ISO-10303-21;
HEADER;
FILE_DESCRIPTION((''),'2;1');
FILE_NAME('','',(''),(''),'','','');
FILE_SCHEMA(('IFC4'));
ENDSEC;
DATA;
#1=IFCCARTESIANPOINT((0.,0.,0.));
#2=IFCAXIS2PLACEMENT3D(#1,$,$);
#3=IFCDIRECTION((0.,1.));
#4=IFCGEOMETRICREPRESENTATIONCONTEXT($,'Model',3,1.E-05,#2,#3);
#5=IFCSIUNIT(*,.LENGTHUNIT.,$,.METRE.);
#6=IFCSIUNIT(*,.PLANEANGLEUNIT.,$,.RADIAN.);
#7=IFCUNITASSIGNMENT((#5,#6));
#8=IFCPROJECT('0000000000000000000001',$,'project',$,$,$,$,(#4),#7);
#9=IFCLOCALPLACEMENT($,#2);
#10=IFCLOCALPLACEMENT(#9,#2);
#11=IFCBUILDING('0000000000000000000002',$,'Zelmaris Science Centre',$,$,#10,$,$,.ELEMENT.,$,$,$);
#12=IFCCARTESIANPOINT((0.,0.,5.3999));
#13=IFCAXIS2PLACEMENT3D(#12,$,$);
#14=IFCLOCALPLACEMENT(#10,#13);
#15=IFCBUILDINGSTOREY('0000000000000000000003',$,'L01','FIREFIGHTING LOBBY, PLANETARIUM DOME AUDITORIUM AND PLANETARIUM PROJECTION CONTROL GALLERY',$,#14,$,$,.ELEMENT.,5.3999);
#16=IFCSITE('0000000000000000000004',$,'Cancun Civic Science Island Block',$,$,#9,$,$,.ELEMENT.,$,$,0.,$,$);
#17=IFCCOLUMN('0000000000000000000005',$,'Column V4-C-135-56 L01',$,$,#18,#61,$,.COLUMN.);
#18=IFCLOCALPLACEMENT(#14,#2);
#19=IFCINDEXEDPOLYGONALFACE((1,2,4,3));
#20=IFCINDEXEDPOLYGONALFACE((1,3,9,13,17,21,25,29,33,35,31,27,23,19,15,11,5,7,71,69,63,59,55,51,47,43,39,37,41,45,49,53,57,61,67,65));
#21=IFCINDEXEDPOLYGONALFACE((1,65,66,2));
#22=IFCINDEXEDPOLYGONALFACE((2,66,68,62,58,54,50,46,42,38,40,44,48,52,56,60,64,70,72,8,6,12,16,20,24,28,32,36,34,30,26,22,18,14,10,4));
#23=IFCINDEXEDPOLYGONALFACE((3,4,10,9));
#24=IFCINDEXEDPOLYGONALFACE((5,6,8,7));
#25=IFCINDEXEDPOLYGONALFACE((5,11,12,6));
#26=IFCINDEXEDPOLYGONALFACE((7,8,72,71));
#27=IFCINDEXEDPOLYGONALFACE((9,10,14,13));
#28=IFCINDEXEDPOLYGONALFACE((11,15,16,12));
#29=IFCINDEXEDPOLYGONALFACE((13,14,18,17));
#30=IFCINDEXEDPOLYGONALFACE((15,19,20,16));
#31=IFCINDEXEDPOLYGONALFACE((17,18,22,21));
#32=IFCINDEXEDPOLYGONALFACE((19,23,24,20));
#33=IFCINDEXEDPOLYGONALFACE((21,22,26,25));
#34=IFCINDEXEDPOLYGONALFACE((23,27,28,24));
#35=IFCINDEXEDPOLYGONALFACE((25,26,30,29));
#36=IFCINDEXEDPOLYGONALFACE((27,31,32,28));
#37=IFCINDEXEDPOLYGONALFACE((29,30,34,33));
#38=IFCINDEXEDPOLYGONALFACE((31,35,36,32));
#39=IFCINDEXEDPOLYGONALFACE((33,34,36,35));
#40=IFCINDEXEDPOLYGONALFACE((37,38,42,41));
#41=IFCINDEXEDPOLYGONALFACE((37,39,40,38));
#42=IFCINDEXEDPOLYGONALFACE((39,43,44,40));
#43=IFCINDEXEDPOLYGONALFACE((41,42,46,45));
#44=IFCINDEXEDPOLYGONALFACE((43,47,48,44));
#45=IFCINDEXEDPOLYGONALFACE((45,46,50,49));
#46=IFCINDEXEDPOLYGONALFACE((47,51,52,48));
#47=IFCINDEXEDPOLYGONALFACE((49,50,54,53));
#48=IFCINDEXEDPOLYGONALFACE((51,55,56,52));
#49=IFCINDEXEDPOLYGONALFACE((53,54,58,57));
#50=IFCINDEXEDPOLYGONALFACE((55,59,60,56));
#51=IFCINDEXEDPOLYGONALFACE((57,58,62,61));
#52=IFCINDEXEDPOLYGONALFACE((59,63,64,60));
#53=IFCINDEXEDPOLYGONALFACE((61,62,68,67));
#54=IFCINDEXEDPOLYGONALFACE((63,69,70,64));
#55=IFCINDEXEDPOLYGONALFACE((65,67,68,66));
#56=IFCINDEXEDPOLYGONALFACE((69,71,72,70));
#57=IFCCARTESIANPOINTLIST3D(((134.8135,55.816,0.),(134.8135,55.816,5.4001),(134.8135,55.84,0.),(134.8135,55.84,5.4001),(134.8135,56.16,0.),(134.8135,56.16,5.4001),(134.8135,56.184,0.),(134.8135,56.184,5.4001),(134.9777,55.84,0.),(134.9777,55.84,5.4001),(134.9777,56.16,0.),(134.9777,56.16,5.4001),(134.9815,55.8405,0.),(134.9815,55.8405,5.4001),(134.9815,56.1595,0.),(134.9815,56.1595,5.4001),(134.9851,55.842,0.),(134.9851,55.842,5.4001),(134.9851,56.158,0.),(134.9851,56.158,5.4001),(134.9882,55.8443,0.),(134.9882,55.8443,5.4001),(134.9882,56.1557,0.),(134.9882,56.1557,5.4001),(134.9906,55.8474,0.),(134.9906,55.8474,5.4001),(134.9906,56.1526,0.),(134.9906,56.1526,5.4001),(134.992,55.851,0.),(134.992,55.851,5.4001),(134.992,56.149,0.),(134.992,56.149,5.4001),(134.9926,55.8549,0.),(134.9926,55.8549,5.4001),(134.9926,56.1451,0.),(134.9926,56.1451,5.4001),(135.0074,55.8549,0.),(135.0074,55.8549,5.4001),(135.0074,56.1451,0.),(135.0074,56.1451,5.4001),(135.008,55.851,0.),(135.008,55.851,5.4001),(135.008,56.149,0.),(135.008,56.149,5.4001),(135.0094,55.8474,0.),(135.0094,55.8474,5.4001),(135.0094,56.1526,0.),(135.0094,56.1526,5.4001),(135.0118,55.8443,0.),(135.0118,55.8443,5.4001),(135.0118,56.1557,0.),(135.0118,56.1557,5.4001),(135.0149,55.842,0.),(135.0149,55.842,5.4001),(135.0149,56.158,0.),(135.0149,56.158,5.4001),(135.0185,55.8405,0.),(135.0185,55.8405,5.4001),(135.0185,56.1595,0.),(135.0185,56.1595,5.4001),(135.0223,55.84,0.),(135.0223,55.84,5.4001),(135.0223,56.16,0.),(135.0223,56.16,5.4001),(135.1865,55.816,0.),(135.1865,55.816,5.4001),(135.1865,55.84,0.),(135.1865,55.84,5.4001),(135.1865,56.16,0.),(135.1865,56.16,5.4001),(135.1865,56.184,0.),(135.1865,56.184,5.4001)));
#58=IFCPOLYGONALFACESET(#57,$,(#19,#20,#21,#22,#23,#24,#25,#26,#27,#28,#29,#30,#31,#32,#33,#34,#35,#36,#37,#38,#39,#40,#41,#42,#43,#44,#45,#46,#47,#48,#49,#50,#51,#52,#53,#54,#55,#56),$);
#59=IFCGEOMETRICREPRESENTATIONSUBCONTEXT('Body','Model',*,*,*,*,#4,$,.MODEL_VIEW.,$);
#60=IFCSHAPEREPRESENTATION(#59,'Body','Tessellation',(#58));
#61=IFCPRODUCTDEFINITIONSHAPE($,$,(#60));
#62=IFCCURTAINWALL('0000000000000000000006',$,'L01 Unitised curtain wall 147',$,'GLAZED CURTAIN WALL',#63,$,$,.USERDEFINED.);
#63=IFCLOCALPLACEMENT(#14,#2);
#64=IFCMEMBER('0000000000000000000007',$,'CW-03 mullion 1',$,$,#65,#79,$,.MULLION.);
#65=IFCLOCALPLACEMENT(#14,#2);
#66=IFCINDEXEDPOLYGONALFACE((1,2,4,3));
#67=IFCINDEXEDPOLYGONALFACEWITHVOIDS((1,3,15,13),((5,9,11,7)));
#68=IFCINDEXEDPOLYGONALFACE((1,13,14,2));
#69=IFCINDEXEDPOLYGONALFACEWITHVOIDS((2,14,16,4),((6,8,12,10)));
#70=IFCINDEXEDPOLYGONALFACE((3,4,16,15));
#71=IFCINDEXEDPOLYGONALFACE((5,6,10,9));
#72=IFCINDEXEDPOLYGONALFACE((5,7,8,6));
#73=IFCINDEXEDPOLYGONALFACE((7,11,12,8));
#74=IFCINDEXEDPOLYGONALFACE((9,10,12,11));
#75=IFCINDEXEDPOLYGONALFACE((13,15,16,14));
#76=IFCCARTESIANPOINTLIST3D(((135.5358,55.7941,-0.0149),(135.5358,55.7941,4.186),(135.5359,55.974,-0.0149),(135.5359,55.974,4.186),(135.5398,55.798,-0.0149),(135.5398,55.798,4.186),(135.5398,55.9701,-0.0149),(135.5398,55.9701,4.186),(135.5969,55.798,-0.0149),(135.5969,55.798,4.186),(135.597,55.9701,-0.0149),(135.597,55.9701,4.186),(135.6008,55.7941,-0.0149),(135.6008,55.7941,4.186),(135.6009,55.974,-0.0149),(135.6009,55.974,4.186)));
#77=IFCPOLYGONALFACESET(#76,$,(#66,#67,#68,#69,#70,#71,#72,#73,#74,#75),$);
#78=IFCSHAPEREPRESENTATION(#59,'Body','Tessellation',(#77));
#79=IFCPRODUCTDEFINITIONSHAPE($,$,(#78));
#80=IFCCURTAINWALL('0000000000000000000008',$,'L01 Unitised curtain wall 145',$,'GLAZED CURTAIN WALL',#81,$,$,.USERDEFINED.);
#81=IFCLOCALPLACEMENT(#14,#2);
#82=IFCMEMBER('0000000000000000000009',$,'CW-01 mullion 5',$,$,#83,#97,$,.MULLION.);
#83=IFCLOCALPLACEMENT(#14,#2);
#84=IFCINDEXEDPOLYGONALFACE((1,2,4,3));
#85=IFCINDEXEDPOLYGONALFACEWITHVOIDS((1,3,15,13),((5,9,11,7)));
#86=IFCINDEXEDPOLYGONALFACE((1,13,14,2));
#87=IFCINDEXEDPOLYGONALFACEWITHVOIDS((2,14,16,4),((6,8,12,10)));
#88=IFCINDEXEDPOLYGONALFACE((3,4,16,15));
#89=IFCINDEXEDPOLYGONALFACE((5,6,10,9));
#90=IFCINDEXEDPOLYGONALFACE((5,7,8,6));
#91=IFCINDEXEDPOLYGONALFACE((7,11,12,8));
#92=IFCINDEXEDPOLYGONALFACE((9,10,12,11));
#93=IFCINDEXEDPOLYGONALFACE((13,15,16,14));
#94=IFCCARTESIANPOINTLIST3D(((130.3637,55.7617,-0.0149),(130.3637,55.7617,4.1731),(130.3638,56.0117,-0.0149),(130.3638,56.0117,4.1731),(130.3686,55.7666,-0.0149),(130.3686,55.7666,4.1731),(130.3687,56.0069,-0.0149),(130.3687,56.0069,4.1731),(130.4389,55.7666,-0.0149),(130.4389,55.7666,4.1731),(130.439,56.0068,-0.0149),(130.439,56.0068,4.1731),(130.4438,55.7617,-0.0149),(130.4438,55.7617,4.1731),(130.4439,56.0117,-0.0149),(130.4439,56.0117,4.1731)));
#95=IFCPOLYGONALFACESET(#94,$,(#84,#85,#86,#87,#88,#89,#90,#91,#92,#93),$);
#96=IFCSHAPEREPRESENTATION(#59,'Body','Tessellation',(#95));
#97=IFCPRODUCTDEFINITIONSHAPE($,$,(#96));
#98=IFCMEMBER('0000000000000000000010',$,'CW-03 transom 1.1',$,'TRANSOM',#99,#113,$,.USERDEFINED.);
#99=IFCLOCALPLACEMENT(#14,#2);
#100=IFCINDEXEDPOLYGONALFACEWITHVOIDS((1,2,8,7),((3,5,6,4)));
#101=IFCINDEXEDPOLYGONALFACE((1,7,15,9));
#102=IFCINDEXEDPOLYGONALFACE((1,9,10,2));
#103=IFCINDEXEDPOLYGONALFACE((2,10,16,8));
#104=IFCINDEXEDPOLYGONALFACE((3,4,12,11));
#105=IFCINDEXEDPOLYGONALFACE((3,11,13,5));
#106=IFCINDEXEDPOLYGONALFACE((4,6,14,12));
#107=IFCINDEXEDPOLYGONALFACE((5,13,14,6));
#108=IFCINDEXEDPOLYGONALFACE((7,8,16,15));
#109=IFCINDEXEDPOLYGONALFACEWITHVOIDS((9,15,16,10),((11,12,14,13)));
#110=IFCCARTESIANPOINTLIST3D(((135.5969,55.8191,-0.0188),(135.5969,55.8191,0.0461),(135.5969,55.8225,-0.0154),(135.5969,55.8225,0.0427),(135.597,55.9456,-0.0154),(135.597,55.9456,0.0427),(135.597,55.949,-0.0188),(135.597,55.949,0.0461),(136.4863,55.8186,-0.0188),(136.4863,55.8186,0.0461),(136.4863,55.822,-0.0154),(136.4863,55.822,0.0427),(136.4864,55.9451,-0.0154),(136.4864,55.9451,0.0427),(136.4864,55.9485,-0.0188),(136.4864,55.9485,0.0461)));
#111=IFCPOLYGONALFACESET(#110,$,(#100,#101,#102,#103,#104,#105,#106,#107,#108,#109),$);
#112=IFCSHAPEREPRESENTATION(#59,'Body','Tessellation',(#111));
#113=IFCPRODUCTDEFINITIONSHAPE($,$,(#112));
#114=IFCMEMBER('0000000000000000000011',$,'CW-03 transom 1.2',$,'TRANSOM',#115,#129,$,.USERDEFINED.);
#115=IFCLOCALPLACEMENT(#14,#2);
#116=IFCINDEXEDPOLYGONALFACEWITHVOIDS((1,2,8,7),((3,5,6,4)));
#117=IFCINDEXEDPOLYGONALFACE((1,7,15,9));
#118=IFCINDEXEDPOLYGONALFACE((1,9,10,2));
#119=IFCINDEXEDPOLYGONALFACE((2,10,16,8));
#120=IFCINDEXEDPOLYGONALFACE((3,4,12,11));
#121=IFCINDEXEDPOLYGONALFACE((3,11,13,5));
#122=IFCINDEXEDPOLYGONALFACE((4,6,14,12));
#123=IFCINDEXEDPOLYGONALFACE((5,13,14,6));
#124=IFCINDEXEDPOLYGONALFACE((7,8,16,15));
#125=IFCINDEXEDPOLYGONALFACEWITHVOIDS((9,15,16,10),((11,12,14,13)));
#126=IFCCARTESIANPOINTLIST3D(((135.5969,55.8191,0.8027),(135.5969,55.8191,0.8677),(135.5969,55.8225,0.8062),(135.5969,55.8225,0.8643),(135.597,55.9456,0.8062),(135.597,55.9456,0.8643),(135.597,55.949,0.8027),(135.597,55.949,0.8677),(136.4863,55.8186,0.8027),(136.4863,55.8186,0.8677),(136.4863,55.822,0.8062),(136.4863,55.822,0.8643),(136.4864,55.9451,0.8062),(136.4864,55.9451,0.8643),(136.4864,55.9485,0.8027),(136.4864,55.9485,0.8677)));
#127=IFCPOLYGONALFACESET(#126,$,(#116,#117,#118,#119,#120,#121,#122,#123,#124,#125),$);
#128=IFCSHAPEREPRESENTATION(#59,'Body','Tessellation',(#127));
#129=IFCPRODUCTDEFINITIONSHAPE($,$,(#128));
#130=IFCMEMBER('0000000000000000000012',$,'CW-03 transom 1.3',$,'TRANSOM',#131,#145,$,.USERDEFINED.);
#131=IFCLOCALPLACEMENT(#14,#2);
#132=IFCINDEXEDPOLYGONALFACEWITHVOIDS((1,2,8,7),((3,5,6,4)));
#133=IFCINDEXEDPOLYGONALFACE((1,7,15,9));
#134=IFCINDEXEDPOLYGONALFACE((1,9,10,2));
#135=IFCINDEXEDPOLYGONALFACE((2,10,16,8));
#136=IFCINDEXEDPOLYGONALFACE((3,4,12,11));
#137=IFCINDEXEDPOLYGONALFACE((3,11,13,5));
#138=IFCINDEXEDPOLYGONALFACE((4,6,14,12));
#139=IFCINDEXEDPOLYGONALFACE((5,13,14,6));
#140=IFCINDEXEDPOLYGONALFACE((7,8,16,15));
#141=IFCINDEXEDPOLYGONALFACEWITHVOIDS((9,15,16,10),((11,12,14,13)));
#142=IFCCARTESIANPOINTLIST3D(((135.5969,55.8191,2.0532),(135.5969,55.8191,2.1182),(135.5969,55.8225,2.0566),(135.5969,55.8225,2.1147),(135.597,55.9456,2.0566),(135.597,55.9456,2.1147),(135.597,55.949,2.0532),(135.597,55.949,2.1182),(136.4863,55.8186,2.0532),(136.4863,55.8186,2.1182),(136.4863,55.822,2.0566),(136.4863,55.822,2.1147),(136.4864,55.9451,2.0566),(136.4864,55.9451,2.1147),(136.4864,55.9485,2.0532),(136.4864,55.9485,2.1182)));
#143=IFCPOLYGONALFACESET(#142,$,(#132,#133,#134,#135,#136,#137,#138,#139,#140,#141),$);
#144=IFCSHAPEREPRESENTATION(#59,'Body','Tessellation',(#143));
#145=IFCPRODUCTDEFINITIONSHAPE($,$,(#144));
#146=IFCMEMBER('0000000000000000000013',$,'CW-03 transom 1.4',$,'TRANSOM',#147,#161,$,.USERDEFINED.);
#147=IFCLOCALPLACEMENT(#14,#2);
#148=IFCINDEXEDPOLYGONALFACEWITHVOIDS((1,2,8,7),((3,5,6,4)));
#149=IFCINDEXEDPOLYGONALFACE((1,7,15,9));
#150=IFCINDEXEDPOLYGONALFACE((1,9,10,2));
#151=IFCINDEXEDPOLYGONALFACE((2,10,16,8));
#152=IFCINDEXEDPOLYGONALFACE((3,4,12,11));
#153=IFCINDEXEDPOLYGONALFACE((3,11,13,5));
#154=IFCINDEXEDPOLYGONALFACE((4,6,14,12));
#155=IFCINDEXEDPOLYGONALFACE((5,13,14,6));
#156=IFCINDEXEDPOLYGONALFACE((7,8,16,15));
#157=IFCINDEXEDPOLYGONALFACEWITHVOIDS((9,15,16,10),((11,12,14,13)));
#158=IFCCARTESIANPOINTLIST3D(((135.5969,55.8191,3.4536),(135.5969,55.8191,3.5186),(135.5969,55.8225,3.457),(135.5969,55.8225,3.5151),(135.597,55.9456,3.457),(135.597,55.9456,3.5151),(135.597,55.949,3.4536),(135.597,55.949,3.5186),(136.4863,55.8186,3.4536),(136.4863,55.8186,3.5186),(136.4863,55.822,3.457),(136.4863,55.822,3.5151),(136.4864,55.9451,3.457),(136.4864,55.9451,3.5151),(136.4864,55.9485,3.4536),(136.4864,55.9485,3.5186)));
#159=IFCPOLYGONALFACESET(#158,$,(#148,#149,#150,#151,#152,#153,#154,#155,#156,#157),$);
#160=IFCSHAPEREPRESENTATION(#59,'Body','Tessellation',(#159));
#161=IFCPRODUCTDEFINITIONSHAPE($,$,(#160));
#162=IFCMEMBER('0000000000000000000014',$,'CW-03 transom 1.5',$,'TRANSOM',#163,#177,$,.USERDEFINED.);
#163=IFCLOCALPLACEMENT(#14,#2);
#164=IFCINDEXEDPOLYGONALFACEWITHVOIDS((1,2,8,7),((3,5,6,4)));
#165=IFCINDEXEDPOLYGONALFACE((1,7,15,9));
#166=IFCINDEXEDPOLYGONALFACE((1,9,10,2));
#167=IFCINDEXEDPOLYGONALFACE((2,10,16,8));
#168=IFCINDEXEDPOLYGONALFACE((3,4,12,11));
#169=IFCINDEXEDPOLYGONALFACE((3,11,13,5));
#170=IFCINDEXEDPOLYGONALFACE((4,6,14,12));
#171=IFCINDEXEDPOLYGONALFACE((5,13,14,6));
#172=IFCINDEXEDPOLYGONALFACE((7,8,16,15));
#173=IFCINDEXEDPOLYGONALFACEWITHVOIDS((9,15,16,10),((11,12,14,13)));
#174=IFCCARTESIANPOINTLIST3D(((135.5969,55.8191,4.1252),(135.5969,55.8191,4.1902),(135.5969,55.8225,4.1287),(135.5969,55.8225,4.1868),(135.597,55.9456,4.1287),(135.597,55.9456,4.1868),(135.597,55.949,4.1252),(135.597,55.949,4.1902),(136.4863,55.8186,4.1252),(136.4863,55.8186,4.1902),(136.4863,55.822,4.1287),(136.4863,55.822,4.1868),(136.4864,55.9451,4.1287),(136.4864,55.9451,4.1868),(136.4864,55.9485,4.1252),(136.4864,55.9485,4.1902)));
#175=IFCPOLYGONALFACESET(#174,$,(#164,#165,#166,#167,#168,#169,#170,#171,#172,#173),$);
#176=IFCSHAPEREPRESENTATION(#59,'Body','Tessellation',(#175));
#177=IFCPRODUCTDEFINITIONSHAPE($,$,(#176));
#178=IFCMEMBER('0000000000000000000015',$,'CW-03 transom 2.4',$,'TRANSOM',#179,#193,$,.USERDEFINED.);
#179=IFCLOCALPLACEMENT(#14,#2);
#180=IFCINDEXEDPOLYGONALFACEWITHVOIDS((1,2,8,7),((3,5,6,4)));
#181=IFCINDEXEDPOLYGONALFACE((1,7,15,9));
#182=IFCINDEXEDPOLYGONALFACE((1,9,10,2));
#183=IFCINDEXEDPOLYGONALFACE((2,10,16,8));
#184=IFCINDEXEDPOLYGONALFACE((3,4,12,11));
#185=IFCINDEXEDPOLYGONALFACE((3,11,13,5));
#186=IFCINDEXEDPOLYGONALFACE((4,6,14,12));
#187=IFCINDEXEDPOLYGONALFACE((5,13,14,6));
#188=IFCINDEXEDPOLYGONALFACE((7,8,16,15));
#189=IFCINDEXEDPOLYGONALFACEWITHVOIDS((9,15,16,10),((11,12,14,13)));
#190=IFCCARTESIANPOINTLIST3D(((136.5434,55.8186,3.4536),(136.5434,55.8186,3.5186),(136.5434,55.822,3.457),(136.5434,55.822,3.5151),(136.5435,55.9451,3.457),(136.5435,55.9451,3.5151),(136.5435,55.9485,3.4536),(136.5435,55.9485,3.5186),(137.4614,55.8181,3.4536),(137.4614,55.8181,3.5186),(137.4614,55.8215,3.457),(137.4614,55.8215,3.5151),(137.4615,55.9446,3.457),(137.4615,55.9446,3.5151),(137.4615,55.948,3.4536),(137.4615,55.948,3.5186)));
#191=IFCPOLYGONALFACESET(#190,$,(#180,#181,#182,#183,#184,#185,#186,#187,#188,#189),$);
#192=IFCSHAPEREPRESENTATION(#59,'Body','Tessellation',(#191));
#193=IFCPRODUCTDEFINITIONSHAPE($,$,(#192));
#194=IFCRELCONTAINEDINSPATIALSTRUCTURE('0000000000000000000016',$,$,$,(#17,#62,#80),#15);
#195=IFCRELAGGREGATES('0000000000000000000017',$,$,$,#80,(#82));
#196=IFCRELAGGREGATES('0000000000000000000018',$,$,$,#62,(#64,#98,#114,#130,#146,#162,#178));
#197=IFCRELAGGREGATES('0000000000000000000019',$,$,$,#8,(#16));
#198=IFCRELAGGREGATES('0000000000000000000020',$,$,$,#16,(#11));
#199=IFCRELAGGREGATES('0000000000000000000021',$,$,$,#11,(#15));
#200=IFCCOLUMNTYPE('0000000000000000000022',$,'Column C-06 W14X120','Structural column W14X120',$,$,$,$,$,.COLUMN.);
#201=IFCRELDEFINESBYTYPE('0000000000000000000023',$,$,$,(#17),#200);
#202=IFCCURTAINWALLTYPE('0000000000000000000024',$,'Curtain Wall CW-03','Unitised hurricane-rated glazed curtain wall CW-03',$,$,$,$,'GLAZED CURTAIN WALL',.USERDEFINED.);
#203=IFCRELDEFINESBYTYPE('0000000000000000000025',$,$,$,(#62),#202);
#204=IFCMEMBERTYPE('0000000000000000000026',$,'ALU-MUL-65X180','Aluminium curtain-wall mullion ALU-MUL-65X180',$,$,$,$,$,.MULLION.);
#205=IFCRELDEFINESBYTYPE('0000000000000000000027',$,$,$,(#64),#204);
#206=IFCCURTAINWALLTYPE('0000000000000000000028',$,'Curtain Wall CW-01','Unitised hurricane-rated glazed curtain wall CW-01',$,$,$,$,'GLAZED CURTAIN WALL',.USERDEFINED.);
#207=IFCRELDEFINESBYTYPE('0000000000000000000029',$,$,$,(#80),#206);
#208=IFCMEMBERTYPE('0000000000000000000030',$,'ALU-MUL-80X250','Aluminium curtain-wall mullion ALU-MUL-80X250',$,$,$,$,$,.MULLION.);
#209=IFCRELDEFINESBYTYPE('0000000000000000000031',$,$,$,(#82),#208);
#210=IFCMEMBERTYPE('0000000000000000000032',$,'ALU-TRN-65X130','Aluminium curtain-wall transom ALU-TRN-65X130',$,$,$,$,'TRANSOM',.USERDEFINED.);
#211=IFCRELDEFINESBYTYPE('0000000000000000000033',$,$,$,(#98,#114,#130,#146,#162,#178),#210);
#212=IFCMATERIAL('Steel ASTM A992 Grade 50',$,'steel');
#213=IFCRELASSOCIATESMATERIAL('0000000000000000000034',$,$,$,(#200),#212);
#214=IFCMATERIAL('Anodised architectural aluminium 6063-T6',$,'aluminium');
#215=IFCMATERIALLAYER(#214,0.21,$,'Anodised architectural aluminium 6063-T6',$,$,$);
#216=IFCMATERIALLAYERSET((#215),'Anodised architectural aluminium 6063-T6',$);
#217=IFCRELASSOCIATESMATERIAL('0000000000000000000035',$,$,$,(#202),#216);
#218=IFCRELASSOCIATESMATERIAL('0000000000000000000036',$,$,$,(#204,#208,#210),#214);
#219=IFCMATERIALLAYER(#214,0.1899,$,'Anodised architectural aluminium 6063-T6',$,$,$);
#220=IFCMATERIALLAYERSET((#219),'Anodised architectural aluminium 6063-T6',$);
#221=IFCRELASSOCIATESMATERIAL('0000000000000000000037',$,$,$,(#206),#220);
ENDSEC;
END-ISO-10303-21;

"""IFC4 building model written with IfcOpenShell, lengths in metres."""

from ifc_helpers import new_model, si_unit, direction, frame, origin, origin_2d, place, context, subcontext, project, spatial, hollow_rectangle, i_section, extrude, material, layer, layer_set, material_profile, profile_set, type_object, element, aggregate, save


model = new_model("IFC4")

# Units and contexts
model_context = context("Model", 3, precision=1e-05, world=origin(), true_north=direction((0.0, 1.0)))
body_context = subcontext(model_context, "Body", "Model", "MODEL_VIEW")
ifc_project = project(units=[si_unit("LENGTHUNIT", "METRE"), si_unit("PLANEANGLEUNIT", "RADIAN")], contexts=[model_context])

# Site, building, storey
site_placement = place(None, origin())
site = spatial("IfcSite", under=ifc_project, at=site_placement, Name="Cancun Civic Science Island Block", CompositionType="ELEMENT", RefElevation=0.0)
building_placement = place(site_placement, origin())
building = spatial("IfcBuilding", under=site, at=building_placement, Name="Zelmaris Science Centre", CompositionType="ELEMENT")
storey_placement = place(building_placement, frame((0.0, 0.0, 5.3999)))
storey = spatial("IfcBuildingStorey", under=building, at=storey_placement, Name="L01", Description="FIREFIGHTING LOBBY, PLANETARIUM DOME AUDITORIUM AND PLANETARIUM PROJECTION CONTROL GALLERY", CompositionType="ELEMENT", Elevation=5.3999)

# Column
ifc_material_1 = material(Name="Steel ASTM A992 Grade 50", Category="steel")
ifc_material_profile_1 = material_profile(ifc_material_1, i_section(OverallWidth=0.373, OverallDepth=0.3679, WebThickness=0.0149, FlangeThickness=0.0239, FilletRadius=0.0149, at=origin_2d()), Name="W14X120")
ifc_profile_set_1 = profile_set([ifc_material_profile_1], Name="Steel ASTM A992 Grade 50")
column_type = type_object("IfcColumnType", Name="Column C-06 W14X120", Description="Structural column W14X120", PredefinedType="COLUMN", material=ifc_profile_set_1)
column_placement = place(storey_placement, frame((135.0, 56.0, 0.0), z_axis=(0.0, 0.0, 1.0), x_axis=(1.0, 0.0, 0.0)))
element("IfcColumn", 1, at=column_placement, inside=storey, type_object=column_type, Name="Column V4-C-135-56 L01", PredefinedType="COLUMN", context=body_context, shape_type="SweptSolid", body=[
    extrude(i_section(OverallWidth=0.373, OverallDepth=0.3679, WebThickness=0.0149, FlangeThickness=0.0239, FilletRadius=0.0149, at=origin_2d()), origin(), (0.0, 0.0, 1.0), 5.4001),
])

# Curtain walls, members
ifc_material_2 = material(Name="Anodised architectural aluminium 6063-T6", Category="aluminium")
ifc_layer_1 = layer(ifc_material_2, 0.21, Name="Anodised architectural aluminium 6063-T6")
ifc_layer_set_1 = layer_set([ifc_layer_1], Name="Anodised architectural aluminium 6063-T6")
curtain_wall_type_1 = type_object("IfcCurtainWallType", Name="Curtain Wall CW-03", Description="Unitised hurricane-rated glazed curtain wall CW-03", ElementType="GLAZED CURTAIN WALL", PredefinedType="USERDEFINED", material=ifc_layer_set_1)
curtain_wall_1_placement = place(storey_placement, origin())
curtain_wall_1 = element("IfcCurtainWall", 2, at=curtain_wall_1_placement, inside=storey, type_object=curtain_wall_type_1, Name="L01 Unitised curtain wall 147", ObjectType="GLAZED CURTAIN WALL", PredefinedType="USERDEFINED")
ifc_material_profile_2 = material_profile(ifc_material_2, hollow_rectangle(XDim=0.0649, YDim=0.1799, WallThickness=0.0039, at=origin_2d()), Name="ALU-MUL-65X180")
ifc_profile_set_2 = profile_set([ifc_material_profile_2], Name="Anodised architectural aluminium 6063-T6")
member_type_1 = type_object("IfcMemberType", Name="ALU-MUL-65X180", Description="Aluminium curtain-wall mullion ALU-MUL-65X180", PredefinedType="MULLION", material=ifc_profile_set_2)
member_1_placement = place(storey_placement, frame((135.5684, 55.884, -0.0149), z_axis=(0.0, 0.0, 1.0), x_axis=(1.0, -0.000489, 0.0)))
member_1 = element("IfcMember", 3, at=member_1_placement, type_object=member_type_1, Name="CW-03 mullion 1", PredefinedType="MULLION", context=body_context, shape_type="SweptSolid", body=[
    extrude(hollow_rectangle(XDim=0.0649, YDim=0.1799, WallThickness=0.0039, at=origin_2d()), origin(), (0.0, 0.0, 1.0), 4.2009),
])
ifc_layer_2 = layer(ifc_material_2, 0.1899, Name="Anodised architectural aluminium 6063-T6")
ifc_layer_set_2 = layer_set([ifc_layer_2], Name="Anodised architectural aluminium 6063-T6")
curtain_wall_type_2 = type_object("IfcCurtainWallType", Name="Curtain Wall CW-01", Description="Unitised hurricane-rated glazed curtain wall CW-01", ElementType="GLAZED CURTAIN WALL", PredefinedType="USERDEFINED", material=ifc_layer_set_2)
curtain_wall_2_placement = place(storey_placement, origin())
curtain_wall_2 = element("IfcCurtainWall", 4, at=curtain_wall_2_placement, inside=storey, type_object=curtain_wall_type_2, Name="L01 Unitised curtain wall 145", ObjectType="GLAZED CURTAIN WALL", PredefinedType="USERDEFINED")
ifc_material_profile_3 = material_profile(ifc_material_2, hollow_rectangle(XDim=0.0801, YDim=0.25, WallThickness=0.0049, at=origin_2d()), Name="ALU-MUL-80X250")
ifc_profile_set_3 = profile_set([ifc_material_profile_3], Name="Anodised architectural aluminium 6063-T6")
member_type_2 = type_object("IfcMemberType", Name="ALU-MUL-80X250", Description="Aluminium curtain-wall mullion ALU-MUL-80X250", PredefinedType="MULLION", material=ifc_profile_set_3)
member_2_placement = place(storey_placement, frame((130.4038, 55.8867, -0.0149), z_axis=(0.0, 0.0, 1.0), x_axis=(1.0, -0.000489, 0.0)))
member_2 = element("IfcMember", 5, at=member_2_placement, type_object=member_type_2, Name="CW-01 mullion 5", PredefinedType="MULLION", context=body_context, shape_type="SweptSolid", body=[
    extrude(hollow_rectangle(XDim=0.0801, YDim=0.25, WallThickness=0.0049, at=origin_2d()), origin(), (0.0, 0.0, 1.0), 4.188),
])

# Members
ifc_material_profile_4 = material_profile(ifc_material_2, hollow_rectangle(XDim=0.0649, YDim=0.1299, WallThickness=0.0034, at=origin_2d()), Name="ALU-TRN-65X130")
ifc_profile_set_4 = profile_set([ifc_material_profile_4], Name="Anodised architectural aluminium 6063-T6")
member_type_3 = type_object("IfcMemberType", Name="ALU-TRN-65X130", Description="Aluminium curtain-wall transom ALU-TRN-65X130", ElementType="TRANSOM", PredefinedType="USERDEFINED", material=ifc_profile_set_4)
member_3_placement = place(storey_placement, frame((135.5969, 55.884, 0.0137), z_axis=(1.0, -0.000549, 0.0), x_axis=(0.0, 0.0, 1.0)))
member_3 = element("IfcMember", 6, at=member_3_placement, type_object=member_type_3, Name="CW-03 transom 1.1", ObjectType="TRANSOM", PredefinedType="USERDEFINED", context=body_context, shape_type="SweptSolid", body=[
    extrude(hollow_rectangle(XDim=0.0649, YDim=0.1299, WallThickness=0.0034, at=origin_2d()), origin(), (0.0, 0.0, 1.0), 0.8894),
])
member_4_placement = place(storey_placement, frame((135.5969, 55.884, 0.8352), z_axis=(1.0, -0.000549, 0.0), x_axis=(0.0, 0.0, 1.0)))
member_4 = element("IfcMember", 7, at=member_4_placement, type_object=member_type_3, Name="CW-03 transom 1.2", ObjectType="TRANSOM", PredefinedType="USERDEFINED", context=body_context, shape_type="SweptSolid", body=[
    extrude(hollow_rectangle(XDim=0.0649, YDim=0.1299, WallThickness=0.0034, at=origin_2d()), origin(), (0.0, 0.0, 1.0), 0.8894),
])
member_5_placement = place(storey_placement, frame((135.5969, 55.884, 2.0857), z_axis=(1.0, -0.000549, 0.0), x_axis=(0.0, 0.0, 1.0)))
member_5 = element("IfcMember", 8, at=member_5_placement, type_object=member_type_3, Name="CW-03 transom 1.3", ObjectType="TRANSOM", PredefinedType="USERDEFINED", context=body_context, shape_type="SweptSolid", body=[
    extrude(hollow_rectangle(XDim=0.0649, YDim=0.1299, WallThickness=0.0034, at=origin_2d()), origin(), (0.0, 0.0, 1.0), 0.8894),
])
member_6_placement = place(storey_placement, frame((135.5969, 55.884, 3.4861), z_axis=(1.0, -0.000549, 0.0), x_axis=(0.0, 0.0, 1.0)))
member_6 = element("IfcMember", 9, at=member_6_placement, type_object=member_type_3, Name="CW-03 transom 1.4", ObjectType="TRANSOM", PredefinedType="USERDEFINED", context=body_context, shape_type="SweptSolid", body=[
    extrude(hollow_rectangle(XDim=0.0649, YDim=0.1299, WallThickness=0.0034, at=origin_2d()), origin(), (0.0, 0.0, 1.0), 0.8894),
])
member_7_placement = place(storey_placement, frame((135.5969, 55.884, 4.1577), z_axis=(1.0, -0.000549, 0.0), x_axis=(0.0, 0.0, 1.0)))
member_7 = element("IfcMember", 10, at=member_7_placement, type_object=member_type_3, Name="CW-03 transom 1.5", ObjectType="TRANSOM", PredefinedType="USERDEFINED", context=body_context, shape_type="SweptSolid", body=[
    extrude(hollow_rectangle(XDim=0.0649, YDim=0.1299, WallThickness=0.0034, at=origin_2d()), origin(), (0.0, 0.0, 1.0), 0.8894),
])
member_8_placement = place(storey_placement, frame((136.5435, 55.8835, 3.4861), z_axis=(1.0, -0.000532, 0.0), x_axis=(0.0, 0.0, 1.0)))
member_8 = element("IfcMember", 11, at=member_8_placement, type_object=member_type_3, Name="CW-03 transom 2.4", ObjectType="TRANSOM", PredefinedType="USERDEFINED", context=body_context, shape_type="SweptSolid", body=[
    extrude(hollow_rectangle(XDim=0.0649, YDim=0.1299, WallThickness=0.0034, at=origin_2d()), origin(), (0.0, 0.0, 1.0), 0.918),
])

aggregate(curtain_wall_2, [member_2])
aggregate(curtain_wall_1, [member_1, member_3, member_4, member_5, member_6, member_7, member_8])

save(model, "model.ifc")
